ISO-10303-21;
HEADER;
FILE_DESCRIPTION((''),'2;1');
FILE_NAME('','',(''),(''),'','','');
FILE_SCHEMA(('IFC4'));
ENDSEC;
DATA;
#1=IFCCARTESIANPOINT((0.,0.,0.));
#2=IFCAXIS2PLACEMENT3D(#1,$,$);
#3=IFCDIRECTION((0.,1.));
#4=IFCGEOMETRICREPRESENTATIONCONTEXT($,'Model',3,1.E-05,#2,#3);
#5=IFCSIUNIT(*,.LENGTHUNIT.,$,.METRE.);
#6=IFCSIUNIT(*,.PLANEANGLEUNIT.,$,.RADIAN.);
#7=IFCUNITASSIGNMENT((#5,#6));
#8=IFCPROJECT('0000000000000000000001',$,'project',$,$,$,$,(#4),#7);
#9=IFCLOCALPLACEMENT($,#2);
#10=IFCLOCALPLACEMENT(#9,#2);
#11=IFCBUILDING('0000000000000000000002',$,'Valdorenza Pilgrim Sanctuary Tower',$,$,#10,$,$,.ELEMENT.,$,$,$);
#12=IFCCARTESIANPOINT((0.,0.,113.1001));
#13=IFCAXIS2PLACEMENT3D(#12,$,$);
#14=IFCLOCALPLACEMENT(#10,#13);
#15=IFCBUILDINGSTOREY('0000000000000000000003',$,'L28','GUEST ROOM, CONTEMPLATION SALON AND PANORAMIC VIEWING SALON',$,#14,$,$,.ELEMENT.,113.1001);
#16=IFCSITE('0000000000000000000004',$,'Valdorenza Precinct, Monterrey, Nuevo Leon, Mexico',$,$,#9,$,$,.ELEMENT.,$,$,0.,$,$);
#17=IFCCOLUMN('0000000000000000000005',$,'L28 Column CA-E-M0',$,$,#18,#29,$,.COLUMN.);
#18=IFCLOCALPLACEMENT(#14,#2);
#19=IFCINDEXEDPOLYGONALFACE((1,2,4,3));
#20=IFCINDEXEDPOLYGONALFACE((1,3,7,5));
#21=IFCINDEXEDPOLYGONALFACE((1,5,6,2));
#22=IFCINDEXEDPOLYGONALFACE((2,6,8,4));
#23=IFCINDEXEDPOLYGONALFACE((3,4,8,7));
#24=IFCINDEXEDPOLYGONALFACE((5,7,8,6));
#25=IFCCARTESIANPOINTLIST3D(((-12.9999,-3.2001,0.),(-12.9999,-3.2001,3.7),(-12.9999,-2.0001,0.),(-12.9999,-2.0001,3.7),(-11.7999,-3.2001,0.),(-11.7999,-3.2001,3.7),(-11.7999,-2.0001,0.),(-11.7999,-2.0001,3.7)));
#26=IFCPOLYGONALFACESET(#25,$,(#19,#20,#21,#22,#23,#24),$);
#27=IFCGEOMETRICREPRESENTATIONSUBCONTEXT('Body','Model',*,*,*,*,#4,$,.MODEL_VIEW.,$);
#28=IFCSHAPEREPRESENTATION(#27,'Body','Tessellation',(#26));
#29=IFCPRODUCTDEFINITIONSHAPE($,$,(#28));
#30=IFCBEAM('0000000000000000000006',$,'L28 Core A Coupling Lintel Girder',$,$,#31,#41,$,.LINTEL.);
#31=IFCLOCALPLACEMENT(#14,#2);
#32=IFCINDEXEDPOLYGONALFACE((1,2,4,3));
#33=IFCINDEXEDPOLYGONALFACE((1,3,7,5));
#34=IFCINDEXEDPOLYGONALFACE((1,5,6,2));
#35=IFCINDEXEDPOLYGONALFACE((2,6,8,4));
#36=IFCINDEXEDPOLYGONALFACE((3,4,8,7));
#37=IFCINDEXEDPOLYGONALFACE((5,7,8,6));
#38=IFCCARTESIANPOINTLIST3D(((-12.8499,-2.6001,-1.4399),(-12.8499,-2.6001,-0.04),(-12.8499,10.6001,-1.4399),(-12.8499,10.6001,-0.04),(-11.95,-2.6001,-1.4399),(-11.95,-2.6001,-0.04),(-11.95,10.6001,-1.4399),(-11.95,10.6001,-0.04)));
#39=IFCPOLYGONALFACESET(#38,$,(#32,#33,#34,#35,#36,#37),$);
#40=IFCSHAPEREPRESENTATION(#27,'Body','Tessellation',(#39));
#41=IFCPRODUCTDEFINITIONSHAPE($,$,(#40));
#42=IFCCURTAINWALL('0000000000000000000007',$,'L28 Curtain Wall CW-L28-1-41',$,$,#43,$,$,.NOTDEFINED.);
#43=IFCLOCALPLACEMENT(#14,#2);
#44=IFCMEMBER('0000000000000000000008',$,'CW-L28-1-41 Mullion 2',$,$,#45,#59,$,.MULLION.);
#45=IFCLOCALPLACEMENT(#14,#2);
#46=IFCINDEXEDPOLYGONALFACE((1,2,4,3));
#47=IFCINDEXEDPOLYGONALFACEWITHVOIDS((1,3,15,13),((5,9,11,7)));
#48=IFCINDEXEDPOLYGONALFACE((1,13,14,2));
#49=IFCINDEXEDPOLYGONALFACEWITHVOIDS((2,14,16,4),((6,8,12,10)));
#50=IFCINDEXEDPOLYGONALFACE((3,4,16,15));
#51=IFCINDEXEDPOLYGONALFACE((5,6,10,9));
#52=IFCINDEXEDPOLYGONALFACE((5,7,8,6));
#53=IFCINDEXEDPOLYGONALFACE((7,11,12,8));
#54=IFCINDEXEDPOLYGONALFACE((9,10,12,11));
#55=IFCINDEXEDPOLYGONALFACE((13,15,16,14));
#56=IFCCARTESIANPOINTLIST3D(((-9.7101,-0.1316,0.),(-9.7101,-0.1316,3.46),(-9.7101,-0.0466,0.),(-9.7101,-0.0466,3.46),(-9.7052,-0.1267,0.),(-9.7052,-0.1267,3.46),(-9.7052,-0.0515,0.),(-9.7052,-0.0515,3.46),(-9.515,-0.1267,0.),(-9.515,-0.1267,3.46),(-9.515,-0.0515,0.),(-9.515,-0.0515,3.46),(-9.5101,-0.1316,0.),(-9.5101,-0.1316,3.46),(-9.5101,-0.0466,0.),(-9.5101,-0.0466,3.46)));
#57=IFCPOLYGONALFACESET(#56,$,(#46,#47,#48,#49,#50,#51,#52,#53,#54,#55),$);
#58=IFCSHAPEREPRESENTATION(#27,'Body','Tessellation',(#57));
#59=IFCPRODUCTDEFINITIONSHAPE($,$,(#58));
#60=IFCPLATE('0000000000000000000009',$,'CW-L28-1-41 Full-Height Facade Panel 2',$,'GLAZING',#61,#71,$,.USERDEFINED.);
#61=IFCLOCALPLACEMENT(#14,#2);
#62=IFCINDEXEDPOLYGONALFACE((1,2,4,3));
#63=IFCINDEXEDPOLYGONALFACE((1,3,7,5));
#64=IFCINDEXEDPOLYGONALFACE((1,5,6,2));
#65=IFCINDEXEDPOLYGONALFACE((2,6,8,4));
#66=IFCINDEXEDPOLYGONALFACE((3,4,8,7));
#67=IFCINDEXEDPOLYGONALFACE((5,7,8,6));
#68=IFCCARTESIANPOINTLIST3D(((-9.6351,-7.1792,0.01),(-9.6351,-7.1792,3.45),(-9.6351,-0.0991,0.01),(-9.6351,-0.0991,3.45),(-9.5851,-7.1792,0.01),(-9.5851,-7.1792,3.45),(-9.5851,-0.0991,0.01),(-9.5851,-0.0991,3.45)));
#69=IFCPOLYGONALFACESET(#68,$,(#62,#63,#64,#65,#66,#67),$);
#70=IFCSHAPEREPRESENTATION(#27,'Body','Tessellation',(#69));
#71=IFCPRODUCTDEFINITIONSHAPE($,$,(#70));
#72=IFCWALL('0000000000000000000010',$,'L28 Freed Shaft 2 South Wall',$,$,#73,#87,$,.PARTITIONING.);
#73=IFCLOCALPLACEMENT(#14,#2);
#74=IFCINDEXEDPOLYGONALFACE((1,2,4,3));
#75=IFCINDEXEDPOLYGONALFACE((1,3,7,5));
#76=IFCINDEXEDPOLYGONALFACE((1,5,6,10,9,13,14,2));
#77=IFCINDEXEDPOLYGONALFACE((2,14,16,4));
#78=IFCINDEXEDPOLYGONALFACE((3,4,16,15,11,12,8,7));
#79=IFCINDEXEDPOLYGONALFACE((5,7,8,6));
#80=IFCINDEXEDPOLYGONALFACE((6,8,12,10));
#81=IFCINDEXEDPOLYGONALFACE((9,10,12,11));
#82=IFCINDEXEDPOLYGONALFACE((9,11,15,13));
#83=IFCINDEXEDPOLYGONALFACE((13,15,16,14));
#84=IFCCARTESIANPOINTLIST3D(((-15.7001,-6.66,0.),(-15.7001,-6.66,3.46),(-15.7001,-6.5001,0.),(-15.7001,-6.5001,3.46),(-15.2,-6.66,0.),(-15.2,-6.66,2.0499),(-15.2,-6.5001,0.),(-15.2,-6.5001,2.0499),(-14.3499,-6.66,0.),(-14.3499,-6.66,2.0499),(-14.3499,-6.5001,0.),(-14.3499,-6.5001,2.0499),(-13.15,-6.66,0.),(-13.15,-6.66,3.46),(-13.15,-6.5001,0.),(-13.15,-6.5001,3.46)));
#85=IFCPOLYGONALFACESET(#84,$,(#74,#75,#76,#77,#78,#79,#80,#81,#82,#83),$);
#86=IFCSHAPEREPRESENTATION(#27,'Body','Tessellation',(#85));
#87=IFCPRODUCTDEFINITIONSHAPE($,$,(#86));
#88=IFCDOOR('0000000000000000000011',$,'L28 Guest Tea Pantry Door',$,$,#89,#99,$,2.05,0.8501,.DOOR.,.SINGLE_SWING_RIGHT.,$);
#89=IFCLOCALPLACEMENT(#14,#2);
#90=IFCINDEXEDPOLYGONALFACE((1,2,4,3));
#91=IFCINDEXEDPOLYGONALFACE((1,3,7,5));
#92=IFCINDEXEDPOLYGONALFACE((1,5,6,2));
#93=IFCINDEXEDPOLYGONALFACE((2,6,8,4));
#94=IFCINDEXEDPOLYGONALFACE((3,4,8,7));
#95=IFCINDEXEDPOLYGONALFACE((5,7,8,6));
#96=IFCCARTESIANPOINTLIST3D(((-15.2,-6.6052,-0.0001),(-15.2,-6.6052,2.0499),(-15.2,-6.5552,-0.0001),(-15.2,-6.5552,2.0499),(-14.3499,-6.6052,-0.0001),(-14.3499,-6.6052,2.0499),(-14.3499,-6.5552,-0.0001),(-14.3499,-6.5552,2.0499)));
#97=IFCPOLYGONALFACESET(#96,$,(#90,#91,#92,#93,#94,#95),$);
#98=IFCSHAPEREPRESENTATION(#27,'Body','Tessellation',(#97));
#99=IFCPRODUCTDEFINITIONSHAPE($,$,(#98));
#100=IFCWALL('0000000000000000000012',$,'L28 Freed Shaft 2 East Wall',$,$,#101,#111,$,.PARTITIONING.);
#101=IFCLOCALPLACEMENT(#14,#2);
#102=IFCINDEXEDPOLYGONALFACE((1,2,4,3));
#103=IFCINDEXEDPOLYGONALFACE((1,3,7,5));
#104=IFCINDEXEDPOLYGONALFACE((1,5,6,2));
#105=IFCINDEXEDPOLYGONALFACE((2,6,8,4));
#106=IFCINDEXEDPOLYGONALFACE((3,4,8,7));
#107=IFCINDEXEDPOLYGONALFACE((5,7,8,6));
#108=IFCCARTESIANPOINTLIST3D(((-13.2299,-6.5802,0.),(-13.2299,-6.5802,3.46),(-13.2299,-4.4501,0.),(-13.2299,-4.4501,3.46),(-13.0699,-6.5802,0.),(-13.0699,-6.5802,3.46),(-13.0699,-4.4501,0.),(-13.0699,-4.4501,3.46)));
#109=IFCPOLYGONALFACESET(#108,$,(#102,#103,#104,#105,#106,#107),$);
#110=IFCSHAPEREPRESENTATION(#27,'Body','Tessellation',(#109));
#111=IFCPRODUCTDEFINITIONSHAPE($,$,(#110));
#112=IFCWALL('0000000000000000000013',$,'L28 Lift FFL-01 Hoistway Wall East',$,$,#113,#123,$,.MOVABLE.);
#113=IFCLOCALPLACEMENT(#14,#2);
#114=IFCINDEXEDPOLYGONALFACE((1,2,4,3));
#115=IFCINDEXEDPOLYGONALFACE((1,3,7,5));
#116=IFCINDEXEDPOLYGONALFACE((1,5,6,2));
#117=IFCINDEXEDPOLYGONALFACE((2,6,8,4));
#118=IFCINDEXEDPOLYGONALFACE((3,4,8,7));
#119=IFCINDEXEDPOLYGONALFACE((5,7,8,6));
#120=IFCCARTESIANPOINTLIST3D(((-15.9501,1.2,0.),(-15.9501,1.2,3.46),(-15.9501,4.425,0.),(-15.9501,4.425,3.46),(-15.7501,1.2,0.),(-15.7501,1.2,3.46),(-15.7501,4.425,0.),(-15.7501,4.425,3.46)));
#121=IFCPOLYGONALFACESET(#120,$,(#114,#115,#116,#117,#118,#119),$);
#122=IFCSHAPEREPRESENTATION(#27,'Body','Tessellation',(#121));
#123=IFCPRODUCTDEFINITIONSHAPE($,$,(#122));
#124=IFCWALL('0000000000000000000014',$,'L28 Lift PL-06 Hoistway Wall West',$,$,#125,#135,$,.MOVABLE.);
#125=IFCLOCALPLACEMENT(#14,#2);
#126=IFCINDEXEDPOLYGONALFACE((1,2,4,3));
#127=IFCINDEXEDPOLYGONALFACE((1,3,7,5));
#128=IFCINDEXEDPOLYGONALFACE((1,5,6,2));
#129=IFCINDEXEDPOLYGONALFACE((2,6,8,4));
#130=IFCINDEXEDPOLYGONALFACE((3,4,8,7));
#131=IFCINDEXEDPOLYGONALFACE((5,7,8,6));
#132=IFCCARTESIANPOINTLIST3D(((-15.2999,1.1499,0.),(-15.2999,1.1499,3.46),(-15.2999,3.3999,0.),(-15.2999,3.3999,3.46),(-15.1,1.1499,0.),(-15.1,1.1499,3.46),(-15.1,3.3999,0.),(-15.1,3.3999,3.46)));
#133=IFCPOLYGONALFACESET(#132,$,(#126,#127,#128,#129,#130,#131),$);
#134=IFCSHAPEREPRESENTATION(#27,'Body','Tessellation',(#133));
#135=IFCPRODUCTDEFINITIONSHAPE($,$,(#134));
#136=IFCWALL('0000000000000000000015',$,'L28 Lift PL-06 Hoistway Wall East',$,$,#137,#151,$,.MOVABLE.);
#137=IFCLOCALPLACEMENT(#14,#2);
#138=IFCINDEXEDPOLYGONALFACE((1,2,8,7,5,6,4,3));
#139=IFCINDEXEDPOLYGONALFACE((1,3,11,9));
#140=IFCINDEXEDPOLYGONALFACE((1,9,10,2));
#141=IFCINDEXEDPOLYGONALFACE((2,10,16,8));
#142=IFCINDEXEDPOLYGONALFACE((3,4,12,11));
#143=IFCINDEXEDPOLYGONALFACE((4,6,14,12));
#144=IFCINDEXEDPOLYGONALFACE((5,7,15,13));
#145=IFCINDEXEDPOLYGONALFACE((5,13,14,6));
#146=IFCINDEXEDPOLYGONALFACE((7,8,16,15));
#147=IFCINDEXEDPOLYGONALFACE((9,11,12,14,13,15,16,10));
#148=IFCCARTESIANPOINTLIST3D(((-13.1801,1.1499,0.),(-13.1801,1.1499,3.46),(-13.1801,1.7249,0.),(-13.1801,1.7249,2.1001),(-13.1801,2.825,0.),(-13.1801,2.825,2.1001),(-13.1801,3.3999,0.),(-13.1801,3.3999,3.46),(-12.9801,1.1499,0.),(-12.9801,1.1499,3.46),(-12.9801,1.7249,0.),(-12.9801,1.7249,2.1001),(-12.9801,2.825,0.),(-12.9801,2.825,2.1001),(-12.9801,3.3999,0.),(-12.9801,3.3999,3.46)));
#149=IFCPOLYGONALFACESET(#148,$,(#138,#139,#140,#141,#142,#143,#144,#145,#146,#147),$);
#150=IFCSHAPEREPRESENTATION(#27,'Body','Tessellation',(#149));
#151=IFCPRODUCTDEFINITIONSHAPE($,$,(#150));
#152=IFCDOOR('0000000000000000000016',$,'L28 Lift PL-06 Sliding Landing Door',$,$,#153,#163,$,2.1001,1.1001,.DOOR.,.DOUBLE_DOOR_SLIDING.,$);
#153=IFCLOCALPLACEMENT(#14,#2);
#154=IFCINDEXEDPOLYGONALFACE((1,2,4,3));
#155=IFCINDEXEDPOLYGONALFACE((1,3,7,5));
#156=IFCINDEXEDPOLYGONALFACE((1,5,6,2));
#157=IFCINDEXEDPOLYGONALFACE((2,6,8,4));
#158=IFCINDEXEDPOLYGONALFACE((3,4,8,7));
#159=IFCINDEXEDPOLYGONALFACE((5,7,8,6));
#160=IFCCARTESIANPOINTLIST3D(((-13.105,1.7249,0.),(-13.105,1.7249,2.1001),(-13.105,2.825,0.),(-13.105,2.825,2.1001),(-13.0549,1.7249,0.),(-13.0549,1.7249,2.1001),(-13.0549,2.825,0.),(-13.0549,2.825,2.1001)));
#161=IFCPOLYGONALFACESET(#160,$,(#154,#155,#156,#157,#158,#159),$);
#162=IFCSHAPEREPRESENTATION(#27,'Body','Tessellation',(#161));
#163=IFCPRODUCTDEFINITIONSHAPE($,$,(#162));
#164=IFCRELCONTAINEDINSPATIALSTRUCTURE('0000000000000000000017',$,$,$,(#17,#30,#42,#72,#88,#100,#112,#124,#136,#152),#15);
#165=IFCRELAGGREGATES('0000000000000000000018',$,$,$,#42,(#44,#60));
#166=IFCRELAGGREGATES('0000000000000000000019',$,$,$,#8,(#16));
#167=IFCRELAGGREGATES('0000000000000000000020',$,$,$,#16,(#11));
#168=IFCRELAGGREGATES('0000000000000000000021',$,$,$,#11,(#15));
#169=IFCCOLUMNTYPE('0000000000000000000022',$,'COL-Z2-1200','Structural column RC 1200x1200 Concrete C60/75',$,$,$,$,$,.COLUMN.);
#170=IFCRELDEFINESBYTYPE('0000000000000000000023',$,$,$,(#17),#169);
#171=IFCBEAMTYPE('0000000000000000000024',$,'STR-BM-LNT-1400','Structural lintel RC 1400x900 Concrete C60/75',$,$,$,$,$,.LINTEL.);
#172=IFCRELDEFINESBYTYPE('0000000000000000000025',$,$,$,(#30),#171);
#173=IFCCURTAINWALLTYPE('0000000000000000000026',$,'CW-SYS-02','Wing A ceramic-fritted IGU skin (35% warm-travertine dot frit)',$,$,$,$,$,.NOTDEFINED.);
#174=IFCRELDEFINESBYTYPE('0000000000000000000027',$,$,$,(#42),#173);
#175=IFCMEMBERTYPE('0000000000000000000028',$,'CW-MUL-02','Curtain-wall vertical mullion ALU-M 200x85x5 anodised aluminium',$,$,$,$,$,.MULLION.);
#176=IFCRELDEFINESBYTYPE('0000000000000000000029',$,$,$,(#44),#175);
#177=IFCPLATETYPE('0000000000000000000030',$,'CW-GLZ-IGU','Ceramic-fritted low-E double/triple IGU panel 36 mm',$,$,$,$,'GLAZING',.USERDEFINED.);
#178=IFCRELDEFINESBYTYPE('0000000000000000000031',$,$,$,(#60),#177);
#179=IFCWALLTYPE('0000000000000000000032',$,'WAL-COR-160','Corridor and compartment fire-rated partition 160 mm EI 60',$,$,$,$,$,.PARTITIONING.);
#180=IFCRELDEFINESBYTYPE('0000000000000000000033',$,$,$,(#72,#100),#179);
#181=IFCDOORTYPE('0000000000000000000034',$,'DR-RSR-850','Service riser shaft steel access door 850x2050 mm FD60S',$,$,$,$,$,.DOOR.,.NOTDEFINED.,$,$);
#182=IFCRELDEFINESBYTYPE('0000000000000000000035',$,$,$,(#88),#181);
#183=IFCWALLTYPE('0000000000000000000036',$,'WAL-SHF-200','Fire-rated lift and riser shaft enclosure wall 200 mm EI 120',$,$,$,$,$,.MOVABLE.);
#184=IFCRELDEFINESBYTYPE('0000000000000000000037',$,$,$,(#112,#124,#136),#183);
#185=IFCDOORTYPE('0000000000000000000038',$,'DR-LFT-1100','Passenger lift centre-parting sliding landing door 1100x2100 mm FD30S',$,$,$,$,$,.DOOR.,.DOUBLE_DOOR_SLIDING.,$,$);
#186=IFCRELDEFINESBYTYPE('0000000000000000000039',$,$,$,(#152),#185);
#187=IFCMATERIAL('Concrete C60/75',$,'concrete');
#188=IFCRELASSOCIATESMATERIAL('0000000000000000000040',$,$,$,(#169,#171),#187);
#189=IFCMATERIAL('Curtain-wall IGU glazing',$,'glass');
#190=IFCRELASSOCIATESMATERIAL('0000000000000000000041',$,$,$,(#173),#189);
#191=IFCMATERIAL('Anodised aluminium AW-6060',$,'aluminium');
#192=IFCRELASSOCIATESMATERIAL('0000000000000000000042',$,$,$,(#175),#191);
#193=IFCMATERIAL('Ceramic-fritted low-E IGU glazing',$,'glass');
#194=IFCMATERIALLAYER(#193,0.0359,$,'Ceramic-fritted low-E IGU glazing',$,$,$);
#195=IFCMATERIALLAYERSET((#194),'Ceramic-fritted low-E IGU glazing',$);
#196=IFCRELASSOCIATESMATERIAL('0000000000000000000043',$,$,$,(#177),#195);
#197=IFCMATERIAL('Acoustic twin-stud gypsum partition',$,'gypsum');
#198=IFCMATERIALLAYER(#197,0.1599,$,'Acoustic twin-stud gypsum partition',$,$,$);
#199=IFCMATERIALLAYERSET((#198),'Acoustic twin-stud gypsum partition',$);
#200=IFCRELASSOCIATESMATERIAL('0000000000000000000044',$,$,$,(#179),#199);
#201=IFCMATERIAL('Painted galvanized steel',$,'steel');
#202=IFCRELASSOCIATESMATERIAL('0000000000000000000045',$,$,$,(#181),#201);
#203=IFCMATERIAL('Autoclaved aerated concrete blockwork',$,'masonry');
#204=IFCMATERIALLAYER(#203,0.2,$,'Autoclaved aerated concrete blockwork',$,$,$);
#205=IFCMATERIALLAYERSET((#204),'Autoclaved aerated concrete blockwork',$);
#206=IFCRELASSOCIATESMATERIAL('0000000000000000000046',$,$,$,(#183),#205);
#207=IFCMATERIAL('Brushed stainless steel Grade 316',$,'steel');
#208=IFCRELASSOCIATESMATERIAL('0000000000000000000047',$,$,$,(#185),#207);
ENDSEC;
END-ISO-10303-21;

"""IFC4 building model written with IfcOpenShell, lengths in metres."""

from ifc_helpers import new_model, si_unit, direction, frame, frame_2d, origin, origin_2d, place, context, subcontext, project, spatial, rectangle, hollow_rectangle, extrude, source, transform, mapped, material, layer, layer_set, material_profile, profile_set, type_object, element, fill, aggregate, save


model = new_model("IFC4")

# Units and contexts
model_context = context("Model", 3, precision=1e-05, world=origin(), true_north=direction((0.0, 1.0)))
body_context = subcontext(model_context, "Body", "Model", "MODEL_VIEW")
ifc_project = project(units=[si_unit("LENGTHUNIT", "METRE"), si_unit("PLANEANGLEUNIT", "RADIAN")], contexts=[model_context])

# Site, building, storey
site_placement = place(None, origin())
site = spatial("IfcSite", under=ifc_project, at=site_placement, Name="Valdorenza Precinct, Monterrey, Nuevo Leon, Mexico", CompositionType="ELEMENT", RefElevation=0.0)
building_placement = place(site_placement, origin())
building = spatial("IfcBuilding", under=site, at=building_placement, Name="Valdorenza Pilgrim Sanctuary Tower", CompositionType="ELEMENT")
storey_placement = place(building_placement, frame((0.0, 0.0, 113.1001)))
storey = spatial("IfcBuildingStorey", under=building, at=storey_placement, Name="L28", Description="GUEST ROOM, CONTEMPLATION SALON AND PANORAMIC VIEWING SALON", CompositionType="ELEMENT", Elevation=113.1001)

# Column
ifc_material_1 = material(Name="Concrete C60/75", Category="concrete")
ifc_material_profile_1 = material_profile(ifc_material_1, rectangle(XDim=1.2, YDim=1.2, at=origin_2d()), Name="RC 1200x1200")
ifc_profile_set_1 = profile_set([ifc_material_profile_1], Name="Concrete C60/75")
column_type = type_object("IfcColumnType", Name="COL-Z2-1200", Description="Structural column RC 1200x1200 Concrete C60/75", PredefinedType="COLUMN", material=ifc_profile_set_1)
shared_shape_1 = source(origin(), body_context, "Body", "SweptSolid", [
    extrude(rectangle(XDim=1.2, YDim=1.2, at=origin_2d()), origin(), (0.0, 0.0, 1.0), 3.7),
])
column_placement = place(storey_placement, frame((-12.3999, -2.6001, 0.0), z_axis=(0.0, 0.0, 1.0), x_axis=(1.0, 0.0, 0.0)))
element("IfcColumn", 1, at=column_placement, inside=storey, type_object=column_type, Name="L28 Column CA-E-M0", PredefinedType="COLUMN", context=body_context, shape_type="MappedRepresentation", body=[
    mapped(shared_shape_1, transform((0.0, 0.0, 0.0), x_axis=(1.0, 0.0, 0.0), y_axis=(0.0, 1.0, 0.0), z_axis=(0.0, 0.0, 1.0), scale=1.0)),
])

# Beam
ifc_material_profile_2 = material_profile(ifc_material_1, rectangle(XDim=0.8999, YDim=1.3999, at=origin_2d()), Name="RC 1400x900")
ifc_profile_set_2 = profile_set([ifc_material_profile_2], Name="Concrete C60/75")
beam_type = type_object("IfcBeamType", Name="STR-BM-LNT-1400", Description="Structural lintel RC 1400x900 Concrete C60/75", PredefinedType="LINTEL", material=ifc_profile_set_2)
shared_shape_2 = source(origin(), body_context, "Body", "SweptSolid", [
    extrude(rectangle(XDim=0.8999, YDim=1.3999, at=origin_2d()), origin(), (0.0, 0.0, 1.0), 13.2002),
])
beam_placement = place(storey_placement, frame((-12.3999, -2.6001, -0.74), z_axis=(0.0, 1.0, 0.0), x_axis=(-1.0, 0.0, 0.0)))
element("IfcBeam", 2, at=beam_placement, inside=storey, type_object=beam_type, Name="L28 Core A Coupling Lintel Girder", PredefinedType="LINTEL", context=body_context, shape_type="MappedRepresentation", body=[
    mapped(shared_shape_2, transform((0.0, 0.0, 0.0), x_axis=(1.0, 0.0, 0.0), y_axis=(0.0, 1.0, 0.0), z_axis=(0.0, 0.0, 1.0), scale=1.0)),
])

# Curtain wall, member, plate
ifc_material_2 = material(Name="Curtain-wall IGU glazing", Category="glass")
curtain_wall_type = type_object("IfcCurtainWallType", Name="CW-SYS-02", Description="Wing A ceramic-fritted IGU skin (35% warm-travertine dot frit)", PredefinedType="NOTDEFINED", material=ifc_material_2)
curtain_wall_placement = place(storey_placement, origin())
curtain_wall = element("IfcCurtainWall", 3, at=curtain_wall_placement, inside=storey, type_object=curtain_wall_type, Name="L28 Curtain Wall CW-L28-1-41", PredefinedType="NOTDEFINED")
ifc_material_3 = material(Name="Anodised aluminium AW-6060", Category="aluminium")
ifc_material_profile_3 = material_profile(ifc_material_3, hollow_rectangle(XDim=0.085, YDim=0.2, WallThickness=0.0049, at=origin_2d()), Name="ALU-M 200x85x5")
ifc_profile_set_3 = profile_set([ifc_material_profile_3], Name="Anodised aluminium AW-6060")
member_type = type_object("IfcMemberType", Name="CW-MUL-02", Description="Curtain-wall vertical mullion ALU-M 200x85x5 anodised aluminium", PredefinedType="MULLION", material=ifc_profile_set_3)
shared_shape_3 = source(origin(), body_context, "Body", "SweptSolid", [
    extrude(hollow_rectangle(XDim=0.085, YDim=0.2, WallThickness=0.0049, at=origin_2d()), origin(), (0.0, 0.0, 1.0), 3.46),
])
member_placement = place(storey_placement, frame((-9.6101, -0.0891, 0.0), z_axis=(0.0, 0.0, 1.0), x_axis=(0.0, -1.0, 0.0)))
member = element("IfcMember", 4, at=member_placement, type_object=member_type, Name="CW-L28-1-41 Mullion 2", PredefinedType="MULLION", context=body_context, shape_type="MappedRepresentation", body=[
    mapped(shared_shape_3, transform((0.0, 0.0, 0.0), x_axis=(1.0, 0.0, 0.0), y_axis=(0.0, 1.0, 0.0), z_axis=(0.0, 0.0, 1.0), scale=1.0)),
])
ifc_material_4 = material(Name="Ceramic-fritted low-E IGU glazing", Category="glass")
ifc_layer_1 = layer(ifc_material_4, 0.0359, Name="Ceramic-fritted low-E IGU glazing")
ifc_layer_set_1 = layer_set([ifc_layer_1], Name="Ceramic-fritted low-E IGU glazing")
plate_type = type_object("IfcPlateType", Name="CW-GLZ-IGU", Description="Ceramic-fritted low-E double/triple IGU panel 36 mm", ElementType="GLAZING", PredefinedType="USERDEFINED", material=ifc_layer_set_1)
shared_shape_4 = source(origin(), body_context, "Body", "SweptSolid", [
    extrude(rectangle(XDim=7.0801, YDim=0.05, at=origin_2d()), origin(), (0.0, 0.0, 1.0), 3.4399),
])
plate_placement = place(storey_placement, frame((-9.6101, -3.6392, 0.01), z_axis=(0.0, 0.0, 1.0), x_axis=(0.0, -1.0, 0.0)))
plate = element("IfcPlate", 5, at=plate_placement, type_object=plate_type, Name="CW-L28-1-41 Full-Height Facade Panel 2", ObjectType="GLAZING", PredefinedType="USERDEFINED", context=body_context, shape_type="MappedRepresentation", body=[
    mapped(shared_shape_4, transform((0.0, 0.0, 0.0), x_axis=(1.0, 0.0, 0.0), y_axis=(0.0, 1.0, 0.0), z_axis=(0.0, 0.0, 1.0), scale=1.0)),
])
aggregate(curtain_wall, [member, plate])

# Wall, opening, door
ifc_material_5 = material(Name="Acoustic twin-stud gypsum partition", Category="gypsum")
ifc_layer_2 = layer(ifc_material_5, 0.1599, Name="Acoustic twin-stud gypsum partition")
ifc_layer_set_2 = layer_set([ifc_layer_2], Name="Acoustic twin-stud gypsum partition")
wall_type_1 = type_object("IfcWallType", Name="WAL-COR-160", Description="Corridor and compartment fire-rated partition 160 mm EI 60", PredefinedType="PARTITIONING", material=ifc_layer_set_2)
wall_1_placement = place(storey_placement, frame((-15.7, -6.5801, 0.0), z_axis=(0.0, 0.0, 1.0), x_axis=(1.0, 0.0, 0.0)))
wall_1 = element("IfcWall", 6, at=wall_1_placement, inside=storey, type_object=wall_type_1, Name="L28 Freed Shaft 2 South Wall", PredefinedType="PARTITIONING", context=body_context, shape_type="SweptSolid", body=[
    extrude(rectangle(XDim=2.55, YDim=0.1599, at=frame_2d((1.2749, 0.0))), origin(), (0.0, 0.0, 1.0), 3.46),
])
opening_1_placement = place(wall_1_placement, frame((0.5, 0.0, 0.0)))
opening_1 = element("IfcOpeningElement", 7, at=opening_1_placement, cuts=wall_1, PredefinedType="OPENING", context=body_context, shape_type="SweptSolid", body=[
    extrude(rectangle(XDim=0.8501, YDim=2.05, at=frame_2d((0.425, 1.0249))), frame((0.0, 0.0947, 0.0), z_axis=(0.0, -1.0, 0.0), x_axis=(1.0, 0.0, 0.0)), (0.0, 0.0, 1.0), 0.1897),
])
ifc_material_6 = material(Name="Painted galvanized steel", Category="steel")
door_type_1 = type_object("IfcDoorType", Name="DR-RSR-850", Description="Service riser shaft steel access door 850x2050 mm FD60S", OperationType="NOTDEFINED", PredefinedType="DOOR", material=ifc_material_6)
door_1_placement = place(opening_1_placement, origin())
door_1 = element("IfcDoor", 8, at=door_1_placement, inside=storey, type_object=door_type_1, Name="L28 Guest Tea Pantry Door", OperationType="SINGLE_SWING_RIGHT", OverallHeight=2.05, OverallWidth=0.8501, PredefinedType="DOOR", context=body_context, shape_type="SweptSolid", body=[
    extrude(rectangle(XDim=0.8501, YDim=2.05, at=frame_2d((0.425, 1.0249))), frame((0.0, 0.0249, 0.0), z_axis=(0.0, -1.0, 0.0), x_axis=(1.0, 0.0, 0.0)), (0.0, 0.0, 1.0), 0.05),
])
fill(opening_1, door_1)

# Wall
wall_2_placement = place(storey_placement, frame((-13.1499, -6.5801, 0.0), z_axis=(0.0, 0.0, 1.0), x_axis=(0.0, 1.0, 0.0)))
element("IfcWall", 9, at=wall_2_placement, inside=storey, type_object=wall_type_1, Name="L28 Freed Shaft 2 East Wall", PredefinedType="PARTITIONING", context=body_context, shape_type="SweptSolid", body=[
    extrude(rectangle(XDim=2.1301, YDim=0.1599, at=frame_2d((1.0649, 0.0))), origin(), (0.0, 0.0, 1.0), 3.46),
])

# Walls
ifc_material_7 = material(Name="Autoclaved aerated concrete blockwork", Category="masonry")
ifc_layer_3 = layer(ifc_material_7, 0.2, Name="Autoclaved aerated concrete blockwork")
ifc_layer_set_3 = layer_set([ifc_layer_3], Name="Autoclaved aerated concrete blockwork")
wall_type_2 = type_object("IfcWallType", Name="WAL-SHF-200", Description="Fire-rated lift and riser shaft enclosure wall 200 mm EI 120", PredefinedType="MOVABLE", material=ifc_layer_set_3)
wall_3_placement = place(storey_placement, frame((-15.8501, 1.2, 0.0), z_axis=(0.0, 0.0, 1.0), x_axis=(0.0, 1.0, 0.0)))
element("IfcWall", 10, at=wall_3_placement, inside=storey, type_object=wall_type_2, Name="L28 Lift FFL-01 Hoistway Wall East", PredefinedType="MOVABLE", context=body_context, shape_type="SweptSolid", body=[
    extrude(rectangle(XDim=3.2251, YDim=0.2, at=frame_2d((1.6125, 0.0))), origin(), (0.0, 0.0, 1.0), 3.46),
])
wall_4_placement = place(storey_placement, frame((-15.2, 1.1499, 0.0), z_axis=(0.0, 0.0, 1.0), x_axis=(0.0, 1.0, 0.0)))
element("IfcWall", 11, at=wall_4_placement, inside=storey, type_object=wall_type_2, Name="L28 Lift PL-06 Hoistway Wall West", PredefinedType="MOVABLE", context=body_context, shape_type="SweptSolid", body=[
    extrude(rectangle(XDim=2.25, YDim=0.2, at=frame_2d((1.125, 0.0))), origin(), (0.0, 0.0, 1.0), 3.46),
])

# Wall, opening, door
wall_5_placement = place(storey_placement, frame((-13.0801, 1.1499, 0.0), z_axis=(0.0, 0.0, 1.0), x_axis=(0.0, 1.0, 0.0)))
wall_5 = element("IfcWall", 12, at=wall_5_placement, inside=storey, type_object=wall_type_2, Name="L28 Lift PL-06 Hoistway Wall East", PredefinedType="MOVABLE", context=body_context, shape_type="SweptSolid", body=[
    extrude(rectangle(XDim=2.25, YDim=0.2, at=frame_2d((1.125, 0.0))), origin(), (0.0, 0.0, 1.0), 3.46),
])
opening_2_placement = place(wall_5_placement, frame((0.575, 0.0, 0.0)))
opening_2 = element("IfcOpeningElement", 13, at=opening_2_placement, cuts=wall_5, PredefinedType="OPENING", context=body_context, shape_type="SweptSolid", body=[
    extrude(rectangle(XDim=1.1001, YDim=2.1001, at=frame_2d((0.55, 1.05))), frame((0.0, 0.1147, 0.0), z_axis=(0.0, -1.0, 0.0), x_axis=(1.0, 0.0, 0.0)), (0.0, 0.0, 1.0), 0.2297),
])
ifc_material_8 = material(Name="Brushed stainless steel Grade 316", Category="steel")
door_type_2 = type_object("IfcDoorType", Name="DR-LFT-1100", Description="Passenger lift centre-parting sliding landing door 1100x2100 mm FD30S", OperationType="DOUBLE_DOOR_SLIDING", PredefinedType="DOOR", material=ifc_material_8)
door_2_placement = place(opening_2_placement, origin())
door_2 = element("IfcDoor", 14, at=door_2_placement, inside=storey, type_object=door_type_2, Name="L28 Lift PL-06 Sliding Landing Door", OperationType="DOUBLE_DOOR_SLIDING", OverallHeight=2.1001, OverallWidth=1.1001, PredefinedType="DOOR", context=body_context, shape_type="SweptSolid", body=[
    extrude(rectangle(XDim=1.1001, YDim=2.1001, at=frame_2d((0.55, 1.05))), frame((0.0, 0.0249, 0.0), z_axis=(0.0, -1.0, 0.0), x_axis=(1.0, 0.0, 0.0)), (0.0, 0.0, 1.0), 0.05),
])
fill(opening_2, door_2)

save(model, "model.ifc")
